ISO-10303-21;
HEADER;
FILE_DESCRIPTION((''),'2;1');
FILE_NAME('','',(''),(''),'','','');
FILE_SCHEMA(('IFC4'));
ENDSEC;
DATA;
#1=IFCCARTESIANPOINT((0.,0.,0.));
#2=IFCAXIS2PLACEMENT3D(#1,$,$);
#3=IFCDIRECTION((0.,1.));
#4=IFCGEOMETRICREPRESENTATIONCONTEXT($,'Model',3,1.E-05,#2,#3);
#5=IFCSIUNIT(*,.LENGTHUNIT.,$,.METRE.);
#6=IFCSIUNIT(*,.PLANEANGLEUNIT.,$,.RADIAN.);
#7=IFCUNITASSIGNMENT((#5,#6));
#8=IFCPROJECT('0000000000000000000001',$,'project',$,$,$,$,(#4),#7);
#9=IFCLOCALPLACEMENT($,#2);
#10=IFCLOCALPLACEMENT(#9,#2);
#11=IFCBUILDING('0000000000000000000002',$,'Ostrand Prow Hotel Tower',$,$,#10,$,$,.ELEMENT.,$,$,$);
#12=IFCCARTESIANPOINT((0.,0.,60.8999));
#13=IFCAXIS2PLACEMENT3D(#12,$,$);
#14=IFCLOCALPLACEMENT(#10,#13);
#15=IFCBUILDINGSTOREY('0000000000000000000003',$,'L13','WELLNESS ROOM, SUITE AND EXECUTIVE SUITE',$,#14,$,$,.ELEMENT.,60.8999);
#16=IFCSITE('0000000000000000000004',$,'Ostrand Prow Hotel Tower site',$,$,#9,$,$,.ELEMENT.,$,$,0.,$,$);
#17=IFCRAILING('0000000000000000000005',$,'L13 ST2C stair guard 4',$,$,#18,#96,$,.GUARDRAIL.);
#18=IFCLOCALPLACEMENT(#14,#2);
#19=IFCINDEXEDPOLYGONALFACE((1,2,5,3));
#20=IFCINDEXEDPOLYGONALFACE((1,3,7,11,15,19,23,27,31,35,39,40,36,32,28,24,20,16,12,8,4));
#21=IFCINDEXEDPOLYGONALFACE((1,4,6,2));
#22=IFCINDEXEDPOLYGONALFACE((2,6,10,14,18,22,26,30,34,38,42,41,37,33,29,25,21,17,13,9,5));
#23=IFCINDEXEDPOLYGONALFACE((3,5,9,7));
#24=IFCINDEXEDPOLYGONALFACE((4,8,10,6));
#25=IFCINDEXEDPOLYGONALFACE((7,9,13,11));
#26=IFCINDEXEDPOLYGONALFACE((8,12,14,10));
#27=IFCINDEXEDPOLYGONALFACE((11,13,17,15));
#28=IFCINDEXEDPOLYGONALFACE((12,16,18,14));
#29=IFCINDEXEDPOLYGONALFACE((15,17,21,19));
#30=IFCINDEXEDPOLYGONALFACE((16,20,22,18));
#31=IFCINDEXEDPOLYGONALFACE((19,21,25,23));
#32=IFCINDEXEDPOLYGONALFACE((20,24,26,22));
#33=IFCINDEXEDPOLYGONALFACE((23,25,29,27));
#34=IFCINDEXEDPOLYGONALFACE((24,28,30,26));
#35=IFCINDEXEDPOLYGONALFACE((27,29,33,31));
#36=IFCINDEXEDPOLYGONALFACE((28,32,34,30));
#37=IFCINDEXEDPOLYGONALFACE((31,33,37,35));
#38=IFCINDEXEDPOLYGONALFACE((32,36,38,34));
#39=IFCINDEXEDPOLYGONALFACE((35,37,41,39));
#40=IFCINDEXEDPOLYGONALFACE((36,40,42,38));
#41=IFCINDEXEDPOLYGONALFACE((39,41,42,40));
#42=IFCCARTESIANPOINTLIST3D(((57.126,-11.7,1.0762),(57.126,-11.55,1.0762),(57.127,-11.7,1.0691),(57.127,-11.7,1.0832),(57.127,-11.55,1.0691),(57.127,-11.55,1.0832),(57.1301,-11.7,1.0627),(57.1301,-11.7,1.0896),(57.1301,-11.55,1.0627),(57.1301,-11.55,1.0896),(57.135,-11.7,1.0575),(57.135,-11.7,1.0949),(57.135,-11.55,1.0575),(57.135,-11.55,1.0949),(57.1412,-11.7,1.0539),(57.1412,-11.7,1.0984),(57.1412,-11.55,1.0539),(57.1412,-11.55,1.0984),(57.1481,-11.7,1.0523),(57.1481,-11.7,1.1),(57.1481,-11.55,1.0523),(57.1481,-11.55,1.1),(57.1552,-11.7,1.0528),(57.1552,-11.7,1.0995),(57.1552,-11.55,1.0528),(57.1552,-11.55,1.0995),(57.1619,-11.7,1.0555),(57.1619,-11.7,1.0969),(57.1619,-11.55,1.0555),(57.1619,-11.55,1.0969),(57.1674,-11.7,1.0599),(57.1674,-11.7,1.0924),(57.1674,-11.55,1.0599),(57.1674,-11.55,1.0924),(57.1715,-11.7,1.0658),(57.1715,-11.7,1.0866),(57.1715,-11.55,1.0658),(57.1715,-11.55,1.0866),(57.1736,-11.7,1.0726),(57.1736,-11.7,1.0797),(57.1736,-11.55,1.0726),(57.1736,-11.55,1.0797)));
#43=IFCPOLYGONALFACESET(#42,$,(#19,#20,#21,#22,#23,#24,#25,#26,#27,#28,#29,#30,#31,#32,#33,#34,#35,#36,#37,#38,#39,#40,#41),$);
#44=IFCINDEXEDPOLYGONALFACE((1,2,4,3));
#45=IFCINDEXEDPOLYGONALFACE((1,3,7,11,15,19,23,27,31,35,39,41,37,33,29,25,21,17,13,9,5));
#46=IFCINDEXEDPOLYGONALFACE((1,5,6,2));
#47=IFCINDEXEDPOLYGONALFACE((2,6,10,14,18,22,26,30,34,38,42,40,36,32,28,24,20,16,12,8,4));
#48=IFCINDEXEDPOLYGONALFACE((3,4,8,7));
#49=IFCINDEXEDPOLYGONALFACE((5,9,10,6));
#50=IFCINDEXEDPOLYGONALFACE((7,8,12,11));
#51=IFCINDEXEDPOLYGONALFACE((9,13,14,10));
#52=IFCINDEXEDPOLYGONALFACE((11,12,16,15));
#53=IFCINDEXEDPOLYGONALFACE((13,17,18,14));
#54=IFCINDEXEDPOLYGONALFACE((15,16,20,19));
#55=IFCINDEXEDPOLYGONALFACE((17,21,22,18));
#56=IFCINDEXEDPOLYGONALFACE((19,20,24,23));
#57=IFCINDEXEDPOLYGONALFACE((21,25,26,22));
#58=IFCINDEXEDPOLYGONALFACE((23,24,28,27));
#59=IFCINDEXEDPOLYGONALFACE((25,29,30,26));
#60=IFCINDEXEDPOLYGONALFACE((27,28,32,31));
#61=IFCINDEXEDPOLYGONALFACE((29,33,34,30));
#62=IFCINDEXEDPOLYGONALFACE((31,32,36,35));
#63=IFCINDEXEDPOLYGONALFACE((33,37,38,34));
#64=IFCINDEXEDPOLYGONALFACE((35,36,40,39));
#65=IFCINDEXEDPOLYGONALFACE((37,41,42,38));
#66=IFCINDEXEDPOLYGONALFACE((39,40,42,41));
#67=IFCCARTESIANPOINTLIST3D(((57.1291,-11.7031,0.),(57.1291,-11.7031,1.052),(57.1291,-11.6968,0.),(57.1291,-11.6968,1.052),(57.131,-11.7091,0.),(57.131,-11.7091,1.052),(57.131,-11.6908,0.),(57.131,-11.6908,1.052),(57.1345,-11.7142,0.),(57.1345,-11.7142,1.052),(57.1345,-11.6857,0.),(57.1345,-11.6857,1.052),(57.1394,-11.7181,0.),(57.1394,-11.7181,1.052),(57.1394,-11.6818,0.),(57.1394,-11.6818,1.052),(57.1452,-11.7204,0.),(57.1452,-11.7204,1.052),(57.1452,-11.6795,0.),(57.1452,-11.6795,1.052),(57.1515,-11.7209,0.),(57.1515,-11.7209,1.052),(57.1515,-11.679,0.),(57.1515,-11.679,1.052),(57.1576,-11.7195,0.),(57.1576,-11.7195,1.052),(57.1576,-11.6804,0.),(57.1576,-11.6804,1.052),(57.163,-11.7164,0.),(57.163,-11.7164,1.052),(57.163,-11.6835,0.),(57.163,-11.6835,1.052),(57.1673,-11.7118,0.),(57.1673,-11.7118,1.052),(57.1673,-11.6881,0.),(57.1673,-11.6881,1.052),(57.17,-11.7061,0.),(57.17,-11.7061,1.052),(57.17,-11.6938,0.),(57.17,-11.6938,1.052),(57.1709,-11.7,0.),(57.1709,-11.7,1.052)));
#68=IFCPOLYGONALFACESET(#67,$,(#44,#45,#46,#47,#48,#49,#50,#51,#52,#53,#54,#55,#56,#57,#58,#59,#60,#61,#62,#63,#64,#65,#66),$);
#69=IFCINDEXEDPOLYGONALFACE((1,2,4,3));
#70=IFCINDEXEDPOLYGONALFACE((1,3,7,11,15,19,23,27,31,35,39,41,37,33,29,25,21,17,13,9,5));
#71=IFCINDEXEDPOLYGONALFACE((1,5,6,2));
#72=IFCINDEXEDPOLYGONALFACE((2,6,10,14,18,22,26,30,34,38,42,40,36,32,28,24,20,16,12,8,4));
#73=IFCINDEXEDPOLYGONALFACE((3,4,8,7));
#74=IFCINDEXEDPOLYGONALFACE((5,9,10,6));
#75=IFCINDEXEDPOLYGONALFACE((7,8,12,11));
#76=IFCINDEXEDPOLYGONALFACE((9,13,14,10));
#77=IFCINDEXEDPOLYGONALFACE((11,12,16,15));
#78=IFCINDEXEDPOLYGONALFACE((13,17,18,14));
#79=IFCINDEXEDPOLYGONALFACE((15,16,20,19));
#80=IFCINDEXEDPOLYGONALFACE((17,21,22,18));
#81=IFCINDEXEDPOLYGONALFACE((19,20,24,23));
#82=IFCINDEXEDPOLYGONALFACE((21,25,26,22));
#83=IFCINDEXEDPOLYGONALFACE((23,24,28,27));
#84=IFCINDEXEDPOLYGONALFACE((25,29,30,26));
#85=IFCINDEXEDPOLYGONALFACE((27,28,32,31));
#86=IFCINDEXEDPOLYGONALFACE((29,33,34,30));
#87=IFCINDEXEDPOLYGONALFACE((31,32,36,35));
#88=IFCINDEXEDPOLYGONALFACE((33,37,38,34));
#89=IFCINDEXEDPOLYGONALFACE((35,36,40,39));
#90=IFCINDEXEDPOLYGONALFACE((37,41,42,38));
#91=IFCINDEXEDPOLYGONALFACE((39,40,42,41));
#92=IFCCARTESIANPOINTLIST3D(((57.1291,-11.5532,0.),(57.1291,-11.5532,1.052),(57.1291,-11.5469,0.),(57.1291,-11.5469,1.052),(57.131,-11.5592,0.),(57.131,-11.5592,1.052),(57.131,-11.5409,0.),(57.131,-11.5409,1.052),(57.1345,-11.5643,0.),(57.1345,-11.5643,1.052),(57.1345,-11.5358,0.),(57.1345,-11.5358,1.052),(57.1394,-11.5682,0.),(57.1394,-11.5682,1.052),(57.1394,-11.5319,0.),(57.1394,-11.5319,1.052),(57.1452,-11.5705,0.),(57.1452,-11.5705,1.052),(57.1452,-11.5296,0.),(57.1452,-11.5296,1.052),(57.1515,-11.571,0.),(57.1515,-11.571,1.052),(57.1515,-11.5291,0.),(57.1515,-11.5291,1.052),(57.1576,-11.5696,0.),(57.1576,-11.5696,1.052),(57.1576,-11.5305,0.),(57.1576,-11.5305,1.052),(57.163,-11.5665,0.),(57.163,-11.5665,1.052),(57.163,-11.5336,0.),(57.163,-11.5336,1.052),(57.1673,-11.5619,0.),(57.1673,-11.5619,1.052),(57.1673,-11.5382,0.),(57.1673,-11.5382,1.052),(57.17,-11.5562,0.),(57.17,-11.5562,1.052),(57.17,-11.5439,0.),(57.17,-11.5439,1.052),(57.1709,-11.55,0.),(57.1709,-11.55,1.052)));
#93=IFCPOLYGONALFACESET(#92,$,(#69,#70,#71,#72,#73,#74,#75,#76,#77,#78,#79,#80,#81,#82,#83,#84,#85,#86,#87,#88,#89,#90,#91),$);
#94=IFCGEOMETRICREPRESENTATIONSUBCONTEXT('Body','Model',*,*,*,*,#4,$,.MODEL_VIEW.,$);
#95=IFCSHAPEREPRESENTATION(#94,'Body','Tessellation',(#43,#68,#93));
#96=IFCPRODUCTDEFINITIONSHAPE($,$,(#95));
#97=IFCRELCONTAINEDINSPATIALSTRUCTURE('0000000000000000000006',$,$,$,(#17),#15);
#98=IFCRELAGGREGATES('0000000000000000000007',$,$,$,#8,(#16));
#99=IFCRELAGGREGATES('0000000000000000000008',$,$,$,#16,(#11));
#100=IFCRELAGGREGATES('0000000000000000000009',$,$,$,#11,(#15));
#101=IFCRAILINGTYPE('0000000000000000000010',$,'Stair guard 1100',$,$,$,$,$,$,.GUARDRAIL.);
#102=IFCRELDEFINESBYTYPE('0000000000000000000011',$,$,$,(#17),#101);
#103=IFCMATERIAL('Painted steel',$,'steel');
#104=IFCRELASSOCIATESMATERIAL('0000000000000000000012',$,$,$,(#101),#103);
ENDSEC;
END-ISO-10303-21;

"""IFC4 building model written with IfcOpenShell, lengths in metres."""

from ifc_helpers import new_model, si_unit, direction, frame, origin, origin_2d, place, context, subcontext, project, spatial, circle, extrude, material, type_object, element, save


model = new_model("IFC4")

# Units and contexts
model_context = context("Model", 3, precision=1e-05, world=origin(), true_north=direction((0.0, 1.0)))
body_context = subcontext(model_context, "Body", "Model", "MODEL_VIEW")
ifc_project = project(units=[si_unit("LENGTHUNIT", "METRE"), si_unit("PLANEANGLEUNIT", "RADIAN")], contexts=[model_context])

# Site, building, storey
site_placement = place(None, origin())
site = spatial("IfcSite", under=ifc_project, at=site_placement, Name="Ostrand Prow Hotel Tower site", CompositionType="ELEMENT", RefElevation=0.0)
building_placement = place(site_placement, origin())
building = spatial("IfcBuilding", under=site, at=building_placement, Name="Ostrand Prow Hotel Tower", CompositionType="ELEMENT")
storey_placement = place(building_placement, frame((0.0, 0.0, 60.8999)))
storey = spatial("IfcBuildingStorey", under=building, at=storey_placement, Name="L13", Description="WELLNESS ROOM, SUITE AND EXECUTIVE SUITE", CompositionType="ELEMENT", Elevation=60.8999)

# Railing
ifc_material_1 = material(Name="Painted steel", Category="steel")
railing_type_1 = type_object("IfcRailingType", Name="Stair guard 1100", PredefinedType="GUARDRAIL", material=ifc_material_1)
railing_1_placement = place(storey_placement, frame((57.1499, -11.7, 0.0)))
element("IfcRailing", 1, at=railing_1_placement, inside=storey, type_object=railing_type_1, Name="L13 ST2C stair guard 4", PredefinedType="GUARDRAIL", context=body_context, shape_type="SweptSolid", body=[
    extrude(circle(Radius=0.0239, at=origin_2d()), frame((0.0, 0.0, 1.0762), z_axis=(0.0, 1.0, 0.0), x_axis=(-1.0, 0.0, 0.0)), (0.0, 0.0, 1.0), 0.1499),
    extrude(circle(Radius=0.021, at=origin_2d()), origin(), (0.0, 0.0, 1.0), 1.052),
    extrude(circle(Radius=0.021, at=origin_2d()), frame((0.0, 0.1499, 0.0)), (0.0, 0.0, 1.0), 1.052),
])

save(model, "model.ifc")
